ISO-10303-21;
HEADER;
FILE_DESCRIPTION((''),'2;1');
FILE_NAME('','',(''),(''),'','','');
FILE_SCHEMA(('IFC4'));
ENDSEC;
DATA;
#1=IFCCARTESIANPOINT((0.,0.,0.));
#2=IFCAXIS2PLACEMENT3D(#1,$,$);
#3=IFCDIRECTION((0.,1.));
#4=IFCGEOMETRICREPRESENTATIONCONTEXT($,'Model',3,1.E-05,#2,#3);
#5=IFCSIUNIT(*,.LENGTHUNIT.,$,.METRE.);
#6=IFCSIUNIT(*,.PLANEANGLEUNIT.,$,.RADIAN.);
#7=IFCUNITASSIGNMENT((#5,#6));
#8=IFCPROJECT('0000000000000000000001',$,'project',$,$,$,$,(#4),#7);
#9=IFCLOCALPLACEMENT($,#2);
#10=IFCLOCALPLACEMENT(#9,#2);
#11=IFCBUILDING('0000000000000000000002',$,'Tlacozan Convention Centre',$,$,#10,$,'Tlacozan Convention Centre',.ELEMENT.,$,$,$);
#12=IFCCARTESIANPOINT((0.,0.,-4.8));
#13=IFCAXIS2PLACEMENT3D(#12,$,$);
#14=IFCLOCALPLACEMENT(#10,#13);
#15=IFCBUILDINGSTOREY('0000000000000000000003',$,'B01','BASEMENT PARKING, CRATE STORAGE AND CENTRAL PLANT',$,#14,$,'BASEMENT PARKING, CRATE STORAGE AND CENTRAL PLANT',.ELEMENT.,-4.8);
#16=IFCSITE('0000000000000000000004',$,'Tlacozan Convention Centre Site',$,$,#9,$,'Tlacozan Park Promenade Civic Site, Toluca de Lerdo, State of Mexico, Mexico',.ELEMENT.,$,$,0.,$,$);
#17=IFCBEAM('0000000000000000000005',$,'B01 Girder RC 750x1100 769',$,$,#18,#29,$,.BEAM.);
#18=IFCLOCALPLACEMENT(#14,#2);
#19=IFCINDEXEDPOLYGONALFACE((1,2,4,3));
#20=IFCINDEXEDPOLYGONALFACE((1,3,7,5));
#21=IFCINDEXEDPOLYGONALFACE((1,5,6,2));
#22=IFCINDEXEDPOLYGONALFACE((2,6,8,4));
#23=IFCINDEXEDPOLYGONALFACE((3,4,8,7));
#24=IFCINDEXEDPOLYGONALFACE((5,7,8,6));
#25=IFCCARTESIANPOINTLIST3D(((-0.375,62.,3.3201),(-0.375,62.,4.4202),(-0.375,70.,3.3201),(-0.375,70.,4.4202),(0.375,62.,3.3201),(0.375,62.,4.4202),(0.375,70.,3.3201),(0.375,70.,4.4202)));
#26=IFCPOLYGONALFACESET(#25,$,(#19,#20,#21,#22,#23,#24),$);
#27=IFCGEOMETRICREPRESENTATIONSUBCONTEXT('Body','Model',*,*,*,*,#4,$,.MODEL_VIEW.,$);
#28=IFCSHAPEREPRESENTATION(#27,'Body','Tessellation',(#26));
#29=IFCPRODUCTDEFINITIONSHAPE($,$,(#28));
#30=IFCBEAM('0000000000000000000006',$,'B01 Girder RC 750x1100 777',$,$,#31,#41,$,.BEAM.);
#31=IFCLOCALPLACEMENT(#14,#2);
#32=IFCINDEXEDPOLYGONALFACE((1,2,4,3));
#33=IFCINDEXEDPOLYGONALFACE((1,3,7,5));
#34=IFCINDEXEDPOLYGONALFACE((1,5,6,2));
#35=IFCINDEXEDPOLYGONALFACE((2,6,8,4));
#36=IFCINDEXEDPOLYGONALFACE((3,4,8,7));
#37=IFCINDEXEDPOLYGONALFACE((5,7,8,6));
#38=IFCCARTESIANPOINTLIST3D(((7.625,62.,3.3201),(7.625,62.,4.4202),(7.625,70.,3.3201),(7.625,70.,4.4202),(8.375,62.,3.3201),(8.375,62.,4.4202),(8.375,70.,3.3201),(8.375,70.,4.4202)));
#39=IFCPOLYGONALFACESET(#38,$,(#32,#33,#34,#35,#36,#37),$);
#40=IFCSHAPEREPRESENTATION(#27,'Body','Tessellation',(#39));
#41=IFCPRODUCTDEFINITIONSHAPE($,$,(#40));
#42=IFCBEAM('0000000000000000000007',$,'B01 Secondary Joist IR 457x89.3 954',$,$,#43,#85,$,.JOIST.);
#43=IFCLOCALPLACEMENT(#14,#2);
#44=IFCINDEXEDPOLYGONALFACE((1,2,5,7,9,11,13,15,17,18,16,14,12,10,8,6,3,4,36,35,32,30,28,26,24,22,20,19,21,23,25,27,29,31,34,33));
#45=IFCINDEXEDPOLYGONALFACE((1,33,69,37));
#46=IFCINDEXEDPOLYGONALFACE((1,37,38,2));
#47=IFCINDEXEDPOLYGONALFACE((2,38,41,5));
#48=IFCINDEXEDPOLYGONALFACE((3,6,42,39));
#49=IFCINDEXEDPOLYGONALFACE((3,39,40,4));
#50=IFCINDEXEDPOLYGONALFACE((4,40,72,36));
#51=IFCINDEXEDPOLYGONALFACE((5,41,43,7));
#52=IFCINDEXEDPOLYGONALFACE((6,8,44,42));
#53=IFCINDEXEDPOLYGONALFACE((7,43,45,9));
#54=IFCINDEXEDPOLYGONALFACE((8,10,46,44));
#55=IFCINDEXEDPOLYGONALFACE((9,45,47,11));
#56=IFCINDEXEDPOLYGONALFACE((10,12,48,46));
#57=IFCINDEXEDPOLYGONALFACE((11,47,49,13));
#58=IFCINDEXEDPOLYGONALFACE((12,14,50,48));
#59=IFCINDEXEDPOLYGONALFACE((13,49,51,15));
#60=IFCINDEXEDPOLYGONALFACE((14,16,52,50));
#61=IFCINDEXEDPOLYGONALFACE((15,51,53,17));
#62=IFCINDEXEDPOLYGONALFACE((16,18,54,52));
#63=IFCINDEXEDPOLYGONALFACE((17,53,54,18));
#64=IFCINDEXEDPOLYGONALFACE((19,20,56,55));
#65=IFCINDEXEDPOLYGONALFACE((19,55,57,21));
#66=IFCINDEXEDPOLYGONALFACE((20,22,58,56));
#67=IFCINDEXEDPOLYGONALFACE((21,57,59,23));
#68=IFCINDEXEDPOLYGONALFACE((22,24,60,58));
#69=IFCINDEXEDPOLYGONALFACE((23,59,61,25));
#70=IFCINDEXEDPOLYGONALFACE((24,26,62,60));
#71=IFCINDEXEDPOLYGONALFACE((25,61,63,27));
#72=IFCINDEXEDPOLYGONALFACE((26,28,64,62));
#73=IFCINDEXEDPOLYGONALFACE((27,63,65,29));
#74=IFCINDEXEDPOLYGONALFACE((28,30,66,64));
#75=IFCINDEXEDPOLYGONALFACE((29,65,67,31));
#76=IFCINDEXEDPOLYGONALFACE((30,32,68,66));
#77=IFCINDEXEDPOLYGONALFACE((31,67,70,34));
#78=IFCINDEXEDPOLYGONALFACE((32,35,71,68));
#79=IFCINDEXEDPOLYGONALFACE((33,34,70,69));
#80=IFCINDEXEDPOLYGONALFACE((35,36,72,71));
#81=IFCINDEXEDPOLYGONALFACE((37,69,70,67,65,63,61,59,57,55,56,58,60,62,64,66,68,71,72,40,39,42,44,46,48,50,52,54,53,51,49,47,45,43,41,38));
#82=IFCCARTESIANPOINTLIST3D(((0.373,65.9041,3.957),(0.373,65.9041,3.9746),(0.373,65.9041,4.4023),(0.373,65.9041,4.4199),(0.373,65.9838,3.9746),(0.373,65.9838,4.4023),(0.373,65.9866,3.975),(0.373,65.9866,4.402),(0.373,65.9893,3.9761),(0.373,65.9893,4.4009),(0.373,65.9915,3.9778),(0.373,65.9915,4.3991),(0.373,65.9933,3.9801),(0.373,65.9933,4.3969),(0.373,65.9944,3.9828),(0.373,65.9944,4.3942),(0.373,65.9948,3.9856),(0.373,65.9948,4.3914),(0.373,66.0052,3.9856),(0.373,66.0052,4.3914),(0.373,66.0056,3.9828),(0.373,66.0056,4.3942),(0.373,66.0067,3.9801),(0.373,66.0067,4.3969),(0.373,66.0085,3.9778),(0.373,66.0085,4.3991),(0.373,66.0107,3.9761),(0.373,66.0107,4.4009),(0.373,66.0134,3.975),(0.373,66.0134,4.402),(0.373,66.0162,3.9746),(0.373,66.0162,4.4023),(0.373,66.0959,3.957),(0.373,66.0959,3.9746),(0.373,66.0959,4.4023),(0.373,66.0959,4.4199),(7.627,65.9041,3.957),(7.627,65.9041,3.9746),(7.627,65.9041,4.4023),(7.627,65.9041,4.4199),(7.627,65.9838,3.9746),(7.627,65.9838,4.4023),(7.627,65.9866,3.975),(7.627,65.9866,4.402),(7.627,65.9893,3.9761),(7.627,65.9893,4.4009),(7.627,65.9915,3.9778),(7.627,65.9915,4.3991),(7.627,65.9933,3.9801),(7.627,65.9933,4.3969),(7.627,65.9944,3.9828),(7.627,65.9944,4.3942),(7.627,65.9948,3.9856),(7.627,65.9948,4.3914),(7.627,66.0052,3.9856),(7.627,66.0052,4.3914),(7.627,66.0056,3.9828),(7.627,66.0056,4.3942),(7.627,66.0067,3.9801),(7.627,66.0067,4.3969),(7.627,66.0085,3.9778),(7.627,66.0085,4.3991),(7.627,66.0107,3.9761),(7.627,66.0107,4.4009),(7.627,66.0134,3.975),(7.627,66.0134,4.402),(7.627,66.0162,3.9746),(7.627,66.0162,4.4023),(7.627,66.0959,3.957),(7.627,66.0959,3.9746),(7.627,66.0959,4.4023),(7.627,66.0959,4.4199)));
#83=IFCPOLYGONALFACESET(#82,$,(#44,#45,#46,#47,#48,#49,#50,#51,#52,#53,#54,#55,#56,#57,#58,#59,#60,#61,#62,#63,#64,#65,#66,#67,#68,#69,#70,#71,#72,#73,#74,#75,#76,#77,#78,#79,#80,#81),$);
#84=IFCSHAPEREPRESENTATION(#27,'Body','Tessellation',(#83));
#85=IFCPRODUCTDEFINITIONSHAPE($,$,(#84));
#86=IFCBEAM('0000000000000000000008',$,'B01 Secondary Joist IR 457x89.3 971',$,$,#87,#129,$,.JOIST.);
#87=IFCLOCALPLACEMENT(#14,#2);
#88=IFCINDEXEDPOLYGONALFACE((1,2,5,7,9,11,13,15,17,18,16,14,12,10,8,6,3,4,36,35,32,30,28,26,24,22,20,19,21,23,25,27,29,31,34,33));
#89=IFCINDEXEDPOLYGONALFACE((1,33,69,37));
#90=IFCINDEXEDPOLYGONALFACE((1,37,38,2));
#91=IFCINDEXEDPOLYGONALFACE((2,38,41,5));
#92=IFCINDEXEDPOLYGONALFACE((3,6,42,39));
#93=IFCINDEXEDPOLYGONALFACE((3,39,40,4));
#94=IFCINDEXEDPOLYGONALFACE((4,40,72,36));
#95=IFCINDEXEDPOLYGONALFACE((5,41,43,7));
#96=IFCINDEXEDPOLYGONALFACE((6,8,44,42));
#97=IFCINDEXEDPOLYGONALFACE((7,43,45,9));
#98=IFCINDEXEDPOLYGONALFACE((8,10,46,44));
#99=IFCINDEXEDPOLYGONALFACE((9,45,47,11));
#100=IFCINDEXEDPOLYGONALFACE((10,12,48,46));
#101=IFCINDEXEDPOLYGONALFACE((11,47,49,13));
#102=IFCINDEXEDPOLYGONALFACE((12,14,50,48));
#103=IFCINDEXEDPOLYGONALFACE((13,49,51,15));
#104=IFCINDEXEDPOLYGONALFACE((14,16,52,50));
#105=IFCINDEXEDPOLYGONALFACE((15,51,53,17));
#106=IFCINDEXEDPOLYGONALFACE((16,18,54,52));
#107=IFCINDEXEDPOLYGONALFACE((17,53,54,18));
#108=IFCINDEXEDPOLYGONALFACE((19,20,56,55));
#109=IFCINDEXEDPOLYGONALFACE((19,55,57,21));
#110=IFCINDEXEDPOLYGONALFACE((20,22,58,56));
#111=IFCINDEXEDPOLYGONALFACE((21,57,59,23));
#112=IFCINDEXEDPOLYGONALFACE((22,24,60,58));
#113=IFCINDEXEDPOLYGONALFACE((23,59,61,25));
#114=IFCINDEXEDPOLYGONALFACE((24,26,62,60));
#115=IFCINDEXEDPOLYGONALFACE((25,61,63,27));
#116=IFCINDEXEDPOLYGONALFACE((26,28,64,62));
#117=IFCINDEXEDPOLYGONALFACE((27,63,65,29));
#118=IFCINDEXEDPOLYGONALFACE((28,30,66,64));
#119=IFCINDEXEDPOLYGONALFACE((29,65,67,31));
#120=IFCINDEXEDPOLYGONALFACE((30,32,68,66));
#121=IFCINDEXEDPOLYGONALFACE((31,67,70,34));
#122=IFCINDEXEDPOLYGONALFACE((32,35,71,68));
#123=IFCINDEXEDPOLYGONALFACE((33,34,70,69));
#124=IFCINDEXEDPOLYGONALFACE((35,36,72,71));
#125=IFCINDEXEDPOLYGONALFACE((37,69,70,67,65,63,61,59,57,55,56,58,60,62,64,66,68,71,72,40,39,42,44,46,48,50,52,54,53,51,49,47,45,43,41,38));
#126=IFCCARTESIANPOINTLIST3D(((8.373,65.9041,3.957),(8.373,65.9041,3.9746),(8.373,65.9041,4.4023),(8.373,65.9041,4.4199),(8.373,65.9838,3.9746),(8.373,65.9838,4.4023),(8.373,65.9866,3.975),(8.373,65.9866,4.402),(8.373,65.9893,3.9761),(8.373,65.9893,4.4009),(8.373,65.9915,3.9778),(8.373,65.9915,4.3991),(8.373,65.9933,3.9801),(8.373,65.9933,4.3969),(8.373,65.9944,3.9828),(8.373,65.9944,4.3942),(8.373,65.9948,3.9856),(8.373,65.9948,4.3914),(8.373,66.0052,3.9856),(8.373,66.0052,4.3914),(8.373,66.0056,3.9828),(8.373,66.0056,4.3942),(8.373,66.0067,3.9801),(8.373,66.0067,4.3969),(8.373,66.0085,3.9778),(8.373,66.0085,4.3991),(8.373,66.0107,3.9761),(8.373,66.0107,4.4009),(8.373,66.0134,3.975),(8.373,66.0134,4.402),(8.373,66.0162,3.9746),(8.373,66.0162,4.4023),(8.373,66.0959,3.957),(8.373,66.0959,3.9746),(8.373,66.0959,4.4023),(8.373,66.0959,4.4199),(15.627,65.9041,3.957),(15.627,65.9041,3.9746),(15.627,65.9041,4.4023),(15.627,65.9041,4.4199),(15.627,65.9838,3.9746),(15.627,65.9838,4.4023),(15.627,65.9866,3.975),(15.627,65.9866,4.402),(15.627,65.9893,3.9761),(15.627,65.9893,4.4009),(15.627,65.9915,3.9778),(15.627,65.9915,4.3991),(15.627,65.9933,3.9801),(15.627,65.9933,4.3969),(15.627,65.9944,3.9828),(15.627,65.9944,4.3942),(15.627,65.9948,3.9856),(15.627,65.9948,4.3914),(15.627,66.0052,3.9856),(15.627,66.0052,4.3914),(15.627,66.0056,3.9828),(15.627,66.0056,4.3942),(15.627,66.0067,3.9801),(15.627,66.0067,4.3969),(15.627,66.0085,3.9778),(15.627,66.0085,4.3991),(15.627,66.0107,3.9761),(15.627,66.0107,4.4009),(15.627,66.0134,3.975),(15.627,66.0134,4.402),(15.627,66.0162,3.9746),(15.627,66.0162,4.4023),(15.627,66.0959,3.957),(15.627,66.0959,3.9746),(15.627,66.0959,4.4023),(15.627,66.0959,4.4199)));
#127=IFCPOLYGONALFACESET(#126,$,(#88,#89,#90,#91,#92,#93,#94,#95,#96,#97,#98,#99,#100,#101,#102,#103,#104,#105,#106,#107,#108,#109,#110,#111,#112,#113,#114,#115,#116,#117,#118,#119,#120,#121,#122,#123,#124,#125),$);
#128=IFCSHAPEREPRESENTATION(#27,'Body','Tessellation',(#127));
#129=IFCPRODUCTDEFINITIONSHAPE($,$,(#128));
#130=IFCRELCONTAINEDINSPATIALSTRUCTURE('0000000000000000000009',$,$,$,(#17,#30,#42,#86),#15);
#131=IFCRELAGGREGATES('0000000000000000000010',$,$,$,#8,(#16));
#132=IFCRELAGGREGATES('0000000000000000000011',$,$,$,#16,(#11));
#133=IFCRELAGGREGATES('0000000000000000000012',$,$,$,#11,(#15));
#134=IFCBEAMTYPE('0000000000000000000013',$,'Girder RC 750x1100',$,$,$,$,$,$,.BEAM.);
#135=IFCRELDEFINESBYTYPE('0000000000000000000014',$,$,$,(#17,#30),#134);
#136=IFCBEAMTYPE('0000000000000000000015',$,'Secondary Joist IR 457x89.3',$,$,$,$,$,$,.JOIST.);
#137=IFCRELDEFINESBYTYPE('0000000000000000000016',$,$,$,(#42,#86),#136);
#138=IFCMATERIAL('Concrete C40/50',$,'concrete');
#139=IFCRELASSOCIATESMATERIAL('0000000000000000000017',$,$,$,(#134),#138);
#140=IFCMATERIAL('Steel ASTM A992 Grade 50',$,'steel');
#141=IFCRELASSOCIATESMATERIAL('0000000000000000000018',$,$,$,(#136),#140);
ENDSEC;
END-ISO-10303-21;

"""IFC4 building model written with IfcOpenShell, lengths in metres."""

from ifc_helpers import new_model, si_unit, direction, frame, origin, origin_2d, place, context, subcontext, project, spatial, rectangle, i_section, extrude, material, material_profile, profile_set, type_object, element, save


model = new_model("IFC4")

# Units and contexts
model_context = context("Model", 3, precision=1e-05, world=origin(), true_north=direction((0.0, 1.0)))
body_context = subcontext(model_context, "Body", "Model", "MODEL_VIEW")
ifc_project = project(units=[si_unit("LENGTHUNIT", "METRE"), si_unit("PLANEANGLEUNIT", "RADIAN")], contexts=[model_context])

# Site, building, storey
site_placement = place(None, origin())
site = spatial("IfcSite", under=ifc_project, at=site_placement, Name="Tlacozan Convention Centre Site", LongName="Tlacozan Park Promenade Civic Site, Toluca de Lerdo, State of Mexico, Mexico", CompositionType="ELEMENT", RefElevation=0.0)
building_placement = place(site_placement, origin())
building = spatial("IfcBuilding", under=site, at=building_placement, Name="Tlacozan Convention Centre", LongName="Tlacozan Convention Centre", CompositionType="ELEMENT")
storey_placement = place(building_placement, frame((0.0, 0.0, -4.8)))
storey = spatial("IfcBuildingStorey", under=building, at=storey_placement, Name="B01", Description="BASEMENT PARKING, CRATE STORAGE AND CENTRAL PLANT", LongName="BASEMENT PARKING, CRATE STORAGE AND CENTRAL PLANT", CompositionType="ELEMENT", Elevation=-4.8)

# Shared definitions
ifc_material_1 = material(Name="Concrete C40/50", Category="concrete")

# Beams
ifc_material_2 = material(Name="Steel ASTM A992 Grade 50", Category="steel")
ifc_material_profile_1 = material_profile(ifc_material_1, rectangle(XDim=0.75, YDim=1.1001, at=origin_2d()), Name="RC 750x1100")
ifc_profile_set_1 = profile_set([ifc_material_profile_1], Name="Concrete C40/50")
beam_type_1 = type_object("IfcBeamType", Name="Girder RC 750x1100", PredefinedType="BEAM", material=ifc_profile_set_1)
for number, where, z_axis, x_axis, name in (
    (1, (0.0, 62.0, 3.8701), (0.0, 1.0, 0.0), (-1.0, 0.0, 0.0), "B01 Girder RC 750x1100 769"),
    (2, (8.0, 62.0, 3.8701), (0.0, 1.0, 0.0), (-1.0, 0.0, 0.0), "B01 Girder RC 750x1100 777"),
):
    element("IfcBeam", number, at=place(storey_placement, frame(where, z_axis=z_axis, x_axis=x_axis)), inside=storey, type_object=beam_type_1, Name=name, PredefinedType="BEAM", context=body_context, shape_type="SweptSolid", body=[
        extrude(rectangle(XDim=0.75, YDim=1.1001, at=origin_2d()), origin(), (0.0, 0.0, 1.0), 8.0),
    ])
ifc_material_profile_2 = material_profile(ifc_material_2, i_section(OverallWidth=0.1919, OverallDepth=0.4629, WebThickness=0.0105, FlangeThickness=0.0176, FilletRadius=0.011, at=origin_2d()), Name="IR 457x89.3")
ifc_profile_set_2 = profile_set([ifc_material_profile_2], Name="Steel ASTM A992 Grade 50")
beam_type_2 = type_object("IfcBeamType", Name="Secondary Joist IR 457x89.3", PredefinedType="JOIST", material=ifc_profile_set_2)
for number, where, z_axis, x_axis, name in (
    (3, (0.373, 66.0, 4.1885), (1.0, 0.0, 0.0), (0.0, 1.0, 0.0), "B01 Secondary Joist IR 457x89.3 954"),
    (4, (8.373, 66.0, 4.1885), (1.0, 0.0, 0.0), (0.0, 1.0, 0.0), "B01 Secondary Joist IR 457x89.3 971"),
):
    element("IfcBeam", number, at=place(storey_placement, frame(where, z_axis=z_axis, x_axis=x_axis)), inside=storey, type_object=beam_type_2, Name=name, PredefinedType="JOIST", context=body_context, shape_type="SweptSolid", body=[
        extrude(i_section(OverallWidth=0.1919, OverallDepth=0.4629, WebThickness=0.0105, FlangeThickness=0.0176, FilletRadius=0.011, at=origin_2d()), origin(), (0.0, 0.0, 1.0), 7.2539),
    ])

save(model, "model.ifc")
